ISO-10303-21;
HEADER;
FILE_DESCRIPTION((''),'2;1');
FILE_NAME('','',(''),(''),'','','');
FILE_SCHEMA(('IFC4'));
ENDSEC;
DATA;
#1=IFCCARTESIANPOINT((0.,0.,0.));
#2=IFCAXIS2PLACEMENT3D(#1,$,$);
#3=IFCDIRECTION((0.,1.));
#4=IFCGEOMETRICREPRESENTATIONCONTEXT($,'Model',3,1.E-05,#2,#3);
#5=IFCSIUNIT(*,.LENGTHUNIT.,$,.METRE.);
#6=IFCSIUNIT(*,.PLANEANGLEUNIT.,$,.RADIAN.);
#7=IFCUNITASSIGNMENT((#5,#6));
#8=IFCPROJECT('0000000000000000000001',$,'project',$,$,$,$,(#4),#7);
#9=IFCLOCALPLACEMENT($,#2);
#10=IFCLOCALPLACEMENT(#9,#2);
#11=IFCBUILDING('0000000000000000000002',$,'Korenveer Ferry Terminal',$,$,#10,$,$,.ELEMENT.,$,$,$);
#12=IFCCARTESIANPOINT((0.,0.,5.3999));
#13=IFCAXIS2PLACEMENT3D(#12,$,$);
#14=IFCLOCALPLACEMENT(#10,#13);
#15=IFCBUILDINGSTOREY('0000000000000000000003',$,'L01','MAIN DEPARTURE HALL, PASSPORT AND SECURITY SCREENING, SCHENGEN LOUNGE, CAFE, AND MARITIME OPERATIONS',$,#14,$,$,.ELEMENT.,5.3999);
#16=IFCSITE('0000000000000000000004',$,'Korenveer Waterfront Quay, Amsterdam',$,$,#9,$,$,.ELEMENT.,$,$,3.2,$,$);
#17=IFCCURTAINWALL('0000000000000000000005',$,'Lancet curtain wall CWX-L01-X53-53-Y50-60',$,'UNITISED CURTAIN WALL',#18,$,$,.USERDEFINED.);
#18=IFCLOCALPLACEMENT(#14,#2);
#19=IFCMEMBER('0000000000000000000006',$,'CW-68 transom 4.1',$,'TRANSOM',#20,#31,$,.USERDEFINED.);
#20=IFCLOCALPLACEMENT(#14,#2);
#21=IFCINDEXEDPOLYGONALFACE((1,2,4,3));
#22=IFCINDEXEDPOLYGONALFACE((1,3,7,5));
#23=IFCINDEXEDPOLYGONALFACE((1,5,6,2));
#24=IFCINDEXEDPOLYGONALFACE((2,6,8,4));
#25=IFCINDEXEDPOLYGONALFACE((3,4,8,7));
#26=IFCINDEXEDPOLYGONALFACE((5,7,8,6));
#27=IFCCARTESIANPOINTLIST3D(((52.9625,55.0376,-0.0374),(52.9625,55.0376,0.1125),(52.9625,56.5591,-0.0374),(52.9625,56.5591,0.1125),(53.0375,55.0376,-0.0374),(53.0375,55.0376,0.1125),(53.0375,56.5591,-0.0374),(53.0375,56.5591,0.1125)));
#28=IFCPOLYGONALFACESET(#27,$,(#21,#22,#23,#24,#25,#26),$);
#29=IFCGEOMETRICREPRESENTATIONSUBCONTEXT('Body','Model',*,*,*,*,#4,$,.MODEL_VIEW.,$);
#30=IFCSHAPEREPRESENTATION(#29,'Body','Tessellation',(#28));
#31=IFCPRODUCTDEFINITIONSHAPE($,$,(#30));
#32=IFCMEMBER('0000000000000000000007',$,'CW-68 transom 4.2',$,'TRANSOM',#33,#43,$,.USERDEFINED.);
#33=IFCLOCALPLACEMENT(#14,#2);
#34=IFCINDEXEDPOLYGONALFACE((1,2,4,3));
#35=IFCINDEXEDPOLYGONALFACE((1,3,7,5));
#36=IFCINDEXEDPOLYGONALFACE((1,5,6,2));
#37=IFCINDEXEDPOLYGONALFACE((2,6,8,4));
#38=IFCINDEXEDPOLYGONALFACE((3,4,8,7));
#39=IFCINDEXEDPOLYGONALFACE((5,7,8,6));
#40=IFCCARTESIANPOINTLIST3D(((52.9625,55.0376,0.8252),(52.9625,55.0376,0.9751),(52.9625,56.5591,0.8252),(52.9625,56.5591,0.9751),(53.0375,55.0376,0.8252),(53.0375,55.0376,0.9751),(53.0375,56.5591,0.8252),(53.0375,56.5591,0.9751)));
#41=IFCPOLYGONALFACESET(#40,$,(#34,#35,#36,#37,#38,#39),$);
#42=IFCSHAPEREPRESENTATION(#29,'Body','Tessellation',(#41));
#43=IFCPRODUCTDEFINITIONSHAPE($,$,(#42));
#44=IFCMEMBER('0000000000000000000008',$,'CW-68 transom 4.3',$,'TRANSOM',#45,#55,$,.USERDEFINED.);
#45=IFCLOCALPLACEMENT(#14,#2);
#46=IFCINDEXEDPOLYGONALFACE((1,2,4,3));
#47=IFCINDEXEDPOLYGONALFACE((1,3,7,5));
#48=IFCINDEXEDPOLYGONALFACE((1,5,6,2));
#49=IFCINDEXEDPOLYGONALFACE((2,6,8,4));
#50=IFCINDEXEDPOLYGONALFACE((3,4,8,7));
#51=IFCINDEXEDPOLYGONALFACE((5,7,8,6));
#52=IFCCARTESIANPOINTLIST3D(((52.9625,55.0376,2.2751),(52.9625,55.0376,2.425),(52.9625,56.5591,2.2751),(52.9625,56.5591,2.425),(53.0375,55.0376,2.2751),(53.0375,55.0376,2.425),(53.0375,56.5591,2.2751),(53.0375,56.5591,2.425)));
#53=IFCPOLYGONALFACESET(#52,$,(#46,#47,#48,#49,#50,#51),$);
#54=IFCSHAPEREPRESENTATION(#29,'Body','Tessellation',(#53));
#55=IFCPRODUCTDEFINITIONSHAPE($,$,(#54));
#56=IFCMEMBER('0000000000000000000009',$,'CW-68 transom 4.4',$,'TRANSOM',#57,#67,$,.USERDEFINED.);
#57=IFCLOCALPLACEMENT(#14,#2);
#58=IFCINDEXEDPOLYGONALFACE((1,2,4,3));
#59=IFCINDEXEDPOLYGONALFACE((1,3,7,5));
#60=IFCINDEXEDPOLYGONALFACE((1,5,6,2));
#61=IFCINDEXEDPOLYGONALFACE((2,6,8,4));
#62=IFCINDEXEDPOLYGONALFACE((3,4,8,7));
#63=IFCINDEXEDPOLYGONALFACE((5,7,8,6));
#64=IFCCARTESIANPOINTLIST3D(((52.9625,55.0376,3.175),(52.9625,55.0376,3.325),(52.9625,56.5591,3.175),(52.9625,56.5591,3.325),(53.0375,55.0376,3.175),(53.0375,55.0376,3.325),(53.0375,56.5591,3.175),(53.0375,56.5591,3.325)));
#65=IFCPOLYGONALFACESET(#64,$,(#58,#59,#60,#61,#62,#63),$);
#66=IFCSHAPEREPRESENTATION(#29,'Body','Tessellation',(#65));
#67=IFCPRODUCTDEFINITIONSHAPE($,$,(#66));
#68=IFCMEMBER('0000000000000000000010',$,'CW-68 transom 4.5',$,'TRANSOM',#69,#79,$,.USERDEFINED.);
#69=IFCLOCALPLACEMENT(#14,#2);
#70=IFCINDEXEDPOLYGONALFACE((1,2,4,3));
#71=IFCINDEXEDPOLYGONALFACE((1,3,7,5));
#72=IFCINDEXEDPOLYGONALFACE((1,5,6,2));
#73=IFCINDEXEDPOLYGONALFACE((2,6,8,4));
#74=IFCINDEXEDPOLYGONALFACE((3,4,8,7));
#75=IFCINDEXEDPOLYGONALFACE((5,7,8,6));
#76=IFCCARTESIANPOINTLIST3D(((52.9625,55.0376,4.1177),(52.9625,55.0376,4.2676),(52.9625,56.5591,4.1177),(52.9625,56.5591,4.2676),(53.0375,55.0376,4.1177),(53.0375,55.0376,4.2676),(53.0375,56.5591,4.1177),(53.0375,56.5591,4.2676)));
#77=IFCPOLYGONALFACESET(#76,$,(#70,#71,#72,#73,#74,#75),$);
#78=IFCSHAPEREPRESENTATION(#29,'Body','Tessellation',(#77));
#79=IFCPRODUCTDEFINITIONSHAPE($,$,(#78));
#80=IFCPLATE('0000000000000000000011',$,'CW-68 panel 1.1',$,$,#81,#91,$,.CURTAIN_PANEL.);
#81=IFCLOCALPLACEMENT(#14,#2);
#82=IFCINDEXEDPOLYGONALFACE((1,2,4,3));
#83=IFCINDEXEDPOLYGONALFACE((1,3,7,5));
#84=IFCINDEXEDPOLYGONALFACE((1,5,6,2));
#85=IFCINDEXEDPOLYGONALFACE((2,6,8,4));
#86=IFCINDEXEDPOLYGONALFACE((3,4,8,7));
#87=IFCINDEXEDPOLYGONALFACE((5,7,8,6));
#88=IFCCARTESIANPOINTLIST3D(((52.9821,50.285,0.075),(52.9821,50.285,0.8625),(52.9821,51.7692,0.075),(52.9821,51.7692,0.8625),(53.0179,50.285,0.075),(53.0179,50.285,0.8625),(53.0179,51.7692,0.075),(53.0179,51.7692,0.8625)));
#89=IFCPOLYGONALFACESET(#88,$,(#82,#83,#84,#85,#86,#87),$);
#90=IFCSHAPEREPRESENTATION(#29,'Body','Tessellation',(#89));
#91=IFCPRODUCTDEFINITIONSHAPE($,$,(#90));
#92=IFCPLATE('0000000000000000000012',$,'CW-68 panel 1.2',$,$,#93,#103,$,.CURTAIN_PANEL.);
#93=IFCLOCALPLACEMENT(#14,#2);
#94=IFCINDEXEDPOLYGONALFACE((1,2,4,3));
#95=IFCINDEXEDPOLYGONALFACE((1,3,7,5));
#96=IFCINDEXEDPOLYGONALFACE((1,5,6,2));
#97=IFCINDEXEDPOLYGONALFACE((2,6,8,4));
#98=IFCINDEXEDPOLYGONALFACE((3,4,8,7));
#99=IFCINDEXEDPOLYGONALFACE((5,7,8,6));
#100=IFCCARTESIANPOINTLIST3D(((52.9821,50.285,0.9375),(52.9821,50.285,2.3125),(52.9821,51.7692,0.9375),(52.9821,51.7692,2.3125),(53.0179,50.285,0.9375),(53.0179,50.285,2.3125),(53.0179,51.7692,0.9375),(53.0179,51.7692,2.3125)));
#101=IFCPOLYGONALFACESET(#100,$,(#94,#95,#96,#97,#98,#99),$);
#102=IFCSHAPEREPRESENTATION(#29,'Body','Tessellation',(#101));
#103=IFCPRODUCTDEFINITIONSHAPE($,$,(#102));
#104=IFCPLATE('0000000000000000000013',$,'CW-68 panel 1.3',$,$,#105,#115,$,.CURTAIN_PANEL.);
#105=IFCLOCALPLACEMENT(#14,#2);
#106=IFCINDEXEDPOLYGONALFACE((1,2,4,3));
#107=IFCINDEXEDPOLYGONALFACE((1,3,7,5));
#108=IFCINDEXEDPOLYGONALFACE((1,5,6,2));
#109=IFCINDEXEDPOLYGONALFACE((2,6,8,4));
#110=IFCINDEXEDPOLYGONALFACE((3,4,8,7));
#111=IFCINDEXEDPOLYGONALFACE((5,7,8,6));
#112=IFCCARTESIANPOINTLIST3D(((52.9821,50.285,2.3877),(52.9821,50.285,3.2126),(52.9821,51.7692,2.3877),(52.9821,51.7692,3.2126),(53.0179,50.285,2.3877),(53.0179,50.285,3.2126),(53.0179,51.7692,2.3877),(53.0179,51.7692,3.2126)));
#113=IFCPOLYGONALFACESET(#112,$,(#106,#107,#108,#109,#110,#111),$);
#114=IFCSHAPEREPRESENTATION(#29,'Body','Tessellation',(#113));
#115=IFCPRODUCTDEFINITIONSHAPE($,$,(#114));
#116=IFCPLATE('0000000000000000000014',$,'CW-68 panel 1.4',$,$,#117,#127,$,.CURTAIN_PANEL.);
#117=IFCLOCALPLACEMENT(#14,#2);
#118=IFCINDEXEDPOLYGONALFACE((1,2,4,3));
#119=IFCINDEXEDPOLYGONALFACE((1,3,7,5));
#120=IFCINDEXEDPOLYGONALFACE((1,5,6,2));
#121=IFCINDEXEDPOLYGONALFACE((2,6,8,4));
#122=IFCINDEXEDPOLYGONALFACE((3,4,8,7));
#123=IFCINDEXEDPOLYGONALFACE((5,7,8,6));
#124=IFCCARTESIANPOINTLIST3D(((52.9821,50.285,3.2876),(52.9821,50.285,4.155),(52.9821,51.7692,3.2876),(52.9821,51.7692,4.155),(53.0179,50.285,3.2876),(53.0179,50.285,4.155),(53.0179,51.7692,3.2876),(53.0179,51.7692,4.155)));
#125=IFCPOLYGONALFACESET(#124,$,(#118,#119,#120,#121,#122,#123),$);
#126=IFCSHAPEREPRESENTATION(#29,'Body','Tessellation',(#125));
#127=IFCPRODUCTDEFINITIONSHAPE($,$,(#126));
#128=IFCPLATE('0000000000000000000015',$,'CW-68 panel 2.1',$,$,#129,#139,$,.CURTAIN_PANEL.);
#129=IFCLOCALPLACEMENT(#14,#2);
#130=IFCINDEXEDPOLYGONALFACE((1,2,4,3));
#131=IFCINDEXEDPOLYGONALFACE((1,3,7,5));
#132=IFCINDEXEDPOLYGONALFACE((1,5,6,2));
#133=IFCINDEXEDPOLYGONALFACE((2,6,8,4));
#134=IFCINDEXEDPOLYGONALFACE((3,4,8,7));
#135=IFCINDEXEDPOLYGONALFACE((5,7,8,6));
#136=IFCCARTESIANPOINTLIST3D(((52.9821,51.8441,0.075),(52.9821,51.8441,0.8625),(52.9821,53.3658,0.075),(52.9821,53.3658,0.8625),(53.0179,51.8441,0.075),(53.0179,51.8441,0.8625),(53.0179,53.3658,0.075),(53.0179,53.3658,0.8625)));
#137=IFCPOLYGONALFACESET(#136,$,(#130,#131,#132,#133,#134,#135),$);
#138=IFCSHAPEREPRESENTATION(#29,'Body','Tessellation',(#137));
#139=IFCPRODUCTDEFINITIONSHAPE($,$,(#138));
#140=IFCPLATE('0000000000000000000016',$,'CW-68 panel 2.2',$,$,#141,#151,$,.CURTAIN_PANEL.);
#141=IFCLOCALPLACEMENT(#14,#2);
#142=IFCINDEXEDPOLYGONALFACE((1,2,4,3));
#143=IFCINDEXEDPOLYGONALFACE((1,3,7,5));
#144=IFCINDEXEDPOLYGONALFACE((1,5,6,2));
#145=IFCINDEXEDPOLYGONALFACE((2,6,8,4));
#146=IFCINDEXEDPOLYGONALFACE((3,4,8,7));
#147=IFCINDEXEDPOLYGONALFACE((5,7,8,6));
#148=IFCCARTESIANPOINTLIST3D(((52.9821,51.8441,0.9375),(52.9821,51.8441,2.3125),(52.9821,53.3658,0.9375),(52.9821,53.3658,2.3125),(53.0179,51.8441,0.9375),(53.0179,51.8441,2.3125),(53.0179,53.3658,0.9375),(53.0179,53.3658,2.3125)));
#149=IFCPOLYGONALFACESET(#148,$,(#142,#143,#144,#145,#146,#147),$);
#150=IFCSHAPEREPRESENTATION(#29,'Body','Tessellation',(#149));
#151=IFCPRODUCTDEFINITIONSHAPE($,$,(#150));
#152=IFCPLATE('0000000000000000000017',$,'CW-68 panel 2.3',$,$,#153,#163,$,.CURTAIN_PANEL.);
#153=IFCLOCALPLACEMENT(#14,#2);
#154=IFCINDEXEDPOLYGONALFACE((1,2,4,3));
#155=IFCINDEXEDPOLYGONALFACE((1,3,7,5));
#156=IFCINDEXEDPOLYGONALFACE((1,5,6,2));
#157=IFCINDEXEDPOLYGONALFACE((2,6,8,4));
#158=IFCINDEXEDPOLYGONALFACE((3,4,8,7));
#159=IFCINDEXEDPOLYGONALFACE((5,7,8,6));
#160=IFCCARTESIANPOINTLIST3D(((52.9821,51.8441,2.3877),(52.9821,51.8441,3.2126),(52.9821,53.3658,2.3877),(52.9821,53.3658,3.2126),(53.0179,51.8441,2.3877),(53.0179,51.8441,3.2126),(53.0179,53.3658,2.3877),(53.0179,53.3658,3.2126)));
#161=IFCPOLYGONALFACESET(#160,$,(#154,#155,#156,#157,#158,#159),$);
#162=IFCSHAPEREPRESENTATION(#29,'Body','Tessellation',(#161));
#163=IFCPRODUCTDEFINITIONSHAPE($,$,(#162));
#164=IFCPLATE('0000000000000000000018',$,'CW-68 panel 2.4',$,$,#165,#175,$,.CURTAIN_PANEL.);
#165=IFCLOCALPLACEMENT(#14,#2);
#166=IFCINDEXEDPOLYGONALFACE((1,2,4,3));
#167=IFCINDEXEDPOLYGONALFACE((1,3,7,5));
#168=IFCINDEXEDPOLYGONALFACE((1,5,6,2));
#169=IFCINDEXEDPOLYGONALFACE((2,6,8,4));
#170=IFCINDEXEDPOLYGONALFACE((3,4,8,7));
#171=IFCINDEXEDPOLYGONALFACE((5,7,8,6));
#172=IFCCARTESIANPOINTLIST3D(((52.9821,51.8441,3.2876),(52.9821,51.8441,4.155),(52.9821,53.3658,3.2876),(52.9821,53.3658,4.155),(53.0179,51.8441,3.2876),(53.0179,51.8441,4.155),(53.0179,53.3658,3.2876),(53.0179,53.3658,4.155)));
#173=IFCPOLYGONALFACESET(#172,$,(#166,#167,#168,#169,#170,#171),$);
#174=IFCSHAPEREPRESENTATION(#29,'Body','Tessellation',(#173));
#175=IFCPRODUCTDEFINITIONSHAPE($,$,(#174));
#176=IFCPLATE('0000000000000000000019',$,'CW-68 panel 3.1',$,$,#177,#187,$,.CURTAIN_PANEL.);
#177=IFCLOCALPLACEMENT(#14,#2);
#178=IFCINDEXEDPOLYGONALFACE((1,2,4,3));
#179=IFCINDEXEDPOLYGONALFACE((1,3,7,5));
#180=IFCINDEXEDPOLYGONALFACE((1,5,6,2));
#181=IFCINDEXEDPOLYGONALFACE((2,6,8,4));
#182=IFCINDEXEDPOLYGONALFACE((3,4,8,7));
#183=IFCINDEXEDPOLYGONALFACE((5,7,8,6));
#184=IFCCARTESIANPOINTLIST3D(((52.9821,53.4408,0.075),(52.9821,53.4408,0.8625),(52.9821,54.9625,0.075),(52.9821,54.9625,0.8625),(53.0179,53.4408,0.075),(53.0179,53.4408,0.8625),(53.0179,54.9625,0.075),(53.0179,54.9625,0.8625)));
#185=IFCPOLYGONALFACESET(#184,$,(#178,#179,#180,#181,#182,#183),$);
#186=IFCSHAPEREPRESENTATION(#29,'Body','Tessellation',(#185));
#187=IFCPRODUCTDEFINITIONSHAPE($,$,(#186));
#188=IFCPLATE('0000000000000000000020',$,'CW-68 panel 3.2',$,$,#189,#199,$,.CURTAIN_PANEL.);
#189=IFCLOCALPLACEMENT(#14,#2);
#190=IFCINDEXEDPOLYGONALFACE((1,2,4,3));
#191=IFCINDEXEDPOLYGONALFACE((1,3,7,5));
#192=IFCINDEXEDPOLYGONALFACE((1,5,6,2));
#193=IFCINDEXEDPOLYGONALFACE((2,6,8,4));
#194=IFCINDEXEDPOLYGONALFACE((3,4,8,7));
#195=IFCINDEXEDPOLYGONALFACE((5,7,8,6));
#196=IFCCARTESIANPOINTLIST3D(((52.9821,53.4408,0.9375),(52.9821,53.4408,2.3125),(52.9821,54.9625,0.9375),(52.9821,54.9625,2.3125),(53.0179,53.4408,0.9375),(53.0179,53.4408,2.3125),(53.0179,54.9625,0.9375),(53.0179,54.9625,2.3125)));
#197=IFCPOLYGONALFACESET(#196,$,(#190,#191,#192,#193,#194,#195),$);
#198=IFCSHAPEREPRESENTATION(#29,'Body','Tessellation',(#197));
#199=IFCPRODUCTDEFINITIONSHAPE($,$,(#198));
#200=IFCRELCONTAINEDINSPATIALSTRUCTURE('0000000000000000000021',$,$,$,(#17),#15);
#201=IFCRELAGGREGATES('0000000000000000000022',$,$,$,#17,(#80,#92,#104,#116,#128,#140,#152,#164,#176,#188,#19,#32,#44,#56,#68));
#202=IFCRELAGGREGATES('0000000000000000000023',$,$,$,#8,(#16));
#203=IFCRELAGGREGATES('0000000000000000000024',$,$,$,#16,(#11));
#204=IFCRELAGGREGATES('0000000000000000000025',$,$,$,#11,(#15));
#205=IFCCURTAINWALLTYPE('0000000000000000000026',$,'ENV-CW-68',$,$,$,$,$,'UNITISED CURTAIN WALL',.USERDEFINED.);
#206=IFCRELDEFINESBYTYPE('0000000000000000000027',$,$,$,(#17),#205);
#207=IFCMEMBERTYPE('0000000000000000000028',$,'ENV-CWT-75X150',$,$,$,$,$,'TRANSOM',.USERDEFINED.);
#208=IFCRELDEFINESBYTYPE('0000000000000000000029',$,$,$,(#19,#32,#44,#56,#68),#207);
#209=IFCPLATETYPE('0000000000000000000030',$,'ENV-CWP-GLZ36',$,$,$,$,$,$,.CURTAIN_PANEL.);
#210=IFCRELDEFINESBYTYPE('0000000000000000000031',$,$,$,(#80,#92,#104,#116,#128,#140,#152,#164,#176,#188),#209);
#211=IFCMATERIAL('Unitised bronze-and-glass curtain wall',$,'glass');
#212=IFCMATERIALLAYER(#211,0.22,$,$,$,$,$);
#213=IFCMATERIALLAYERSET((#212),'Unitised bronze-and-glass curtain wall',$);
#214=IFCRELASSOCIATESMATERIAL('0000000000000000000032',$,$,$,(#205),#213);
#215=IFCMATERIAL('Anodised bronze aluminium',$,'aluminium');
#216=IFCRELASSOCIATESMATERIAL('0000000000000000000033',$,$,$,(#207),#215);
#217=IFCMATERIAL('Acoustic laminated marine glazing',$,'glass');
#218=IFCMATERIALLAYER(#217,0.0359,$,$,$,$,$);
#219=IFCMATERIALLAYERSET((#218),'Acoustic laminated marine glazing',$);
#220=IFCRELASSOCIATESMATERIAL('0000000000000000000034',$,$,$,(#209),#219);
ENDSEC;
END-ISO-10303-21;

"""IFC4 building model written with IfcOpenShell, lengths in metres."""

from ifc_helpers import new_model, si_unit, direction, frame, origin, origin_2d, place, context, subcontext, project, spatial, rectangle, extrude, material, layer, layer_set, material_profile, profile_set, type_object, element, aggregate, save


model = new_model("IFC4")

# Units and contexts
model_context = context("Model", 3, precision=1e-05, world=origin(), true_north=direction((0.0, 1.0)))
body_context = subcontext(model_context, "Body", "Model", "MODEL_VIEW")
ifc_project = project(units=[si_unit("LENGTHUNIT", "METRE"), si_unit("PLANEANGLEUNIT", "RADIAN")], contexts=[model_context])

# Site, building, storey
site_placement = place(None, origin())
site = spatial("IfcSite", under=ifc_project, at=site_placement, Name="Korenveer Waterfront Quay, Amsterdam", CompositionType="ELEMENT", RefElevation=3.2)
building_placement = place(site_placement, origin())
building = spatial("IfcBuilding", under=site, at=building_placement, Name="Korenveer Ferry Terminal", CompositionType="ELEMENT")
storey_placement = place(building_placement, frame((0.0, 0.0, 5.3999)))
storey = spatial("IfcBuildingStorey", under=building, at=storey_placement, Name="L01", Description="MAIN DEPARTURE HALL, PASSPORT AND SECURITY SCREENING, SCHENGEN LOUNGE, CAFE, AND MARITIME OPERATIONS", CompositionType="ELEMENT", Elevation=5.3999)

# Curtain wall, members, plates
ifc_material_1 = material(Name="Unitised bronze-and-glass curtain wall", Category="glass")
ifc_layer_1 = layer(ifc_material_1, 0.22)
ifc_layer_set_1 = layer_set([ifc_layer_1], Name="Unitised bronze-and-glass curtain wall")
curtain_wall_type = type_object("IfcCurtainWallType", Name="ENV-CW-68", ElementType="UNITISED CURTAIN WALL", PredefinedType="USERDEFINED", material=ifc_layer_set_1)
curtain_wall_placement = place(storey_placement, frame((53.0, 50.21, 0.0)))
curtain_wall = element("IfcCurtainWall", 1, at=curtain_wall_placement, inside=storey, type_object=curtain_wall_type, Name="Lancet curtain wall CWX-L01-X53-53-Y50-60", ObjectType="UNITISED CURTAIN WALL", PredefinedType="USERDEFINED")
ifc_material_2 = material(Name="Anodised bronze aluminium", Category="aluminium")
ifc_material_profile_1 = material_profile(ifc_material_2, rectangle(XDim=0.075, YDim=0.1499, at=origin_2d()), Name="ALU 75x150")
ifc_profile_set_1 = profile_set([ifc_material_profile_1], Name="Anodised bronze aluminium")
member_type_1 = type_object("IfcMemberType", Name="ENV-CWT-75X150", ElementType="TRANSOM", PredefinedType="USERDEFINED", material=ifc_profile_set_1)
member_1_placement = place(storey_placement, frame((53.0, 55.0376, 0.0376), z_axis=(0.0, 1.0, 0.0), x_axis=(-1.0, 0.0, 0.0)))
member_1 = element("IfcMember", 2, at=member_1_placement, type_object=member_type_1, Name="CW-68 transom 4.1", ObjectType="TRANSOM", PredefinedType="USERDEFINED", context=body_context, shape_type="SweptSolid", body=[
    extrude(rectangle(XDim=0.075, YDim=0.1499, at=origin_2d()), origin(), (0.0, 0.0, 1.0), 1.5215),
])
member_2_placement = place(storey_placement, frame((53.0, 55.0376, 0.9001), z_axis=(0.0, 1.0, 0.0), x_axis=(-1.0, 0.0, 0.0)))
member_2 = element("IfcMember", 3, at=member_2_placement, type_object=member_type_1, Name="CW-68 transom 4.2", ObjectType="TRANSOM", PredefinedType="USERDEFINED", context=body_context, shape_type="SweptSolid", body=[
    extrude(rectangle(XDim=0.075, YDim=0.1499, at=origin_2d()), origin(), (0.0, 0.0, 1.0), 1.5215),
])
member_3_placement = place(storey_placement, frame((53.0, 55.0376, 2.3501), z_axis=(0.0, 1.0, 0.0), x_axis=(-1.0, 0.0, 0.0)))
member_3 = element("IfcMember", 4, at=member_3_placement, type_object=member_type_1, Name="CW-68 transom 4.3", ObjectType="TRANSOM", PredefinedType="USERDEFINED", context=body_context, shape_type="SweptSolid", body=[
    extrude(rectangle(XDim=0.075, YDim=0.1499, at=origin_2d()), origin(), (0.0, 0.0, 1.0), 1.5215),
])
member_4_placement = place(storey_placement, frame((53.0, 55.0376, 3.25), z_axis=(0.0, 1.0, 0.0), x_axis=(-1.0, 0.0, 0.0)))
member_4 = element("IfcMember", 5, at=member_4_placement, type_object=member_type_1, Name="CW-68 transom 4.4", ObjectType="TRANSOM", PredefinedType="USERDEFINED", context=body_context, shape_type="SweptSolid", body=[
    extrude(rectangle(XDim=0.075, YDim=0.1499, at=origin_2d()), origin(), (0.0, 0.0, 1.0), 1.5215),
])
member_5_placement = place(storey_placement, frame((53.0, 55.0376, 4.1926), z_axis=(0.0, 1.0, 0.0), x_axis=(-1.0, 0.0, 0.0)))
member_5 = element("IfcMember", 6, at=member_5_placement, type_object=member_type_1, Name="CW-68 transom 4.5", ObjectType="TRANSOM", PredefinedType="USERDEFINED", context=body_context, shape_type="SweptSolid", body=[
    extrude(rectangle(XDim=0.075, YDim=0.1499, at=origin_2d()), origin(), (0.0, 0.0, 1.0), 1.5215),
])
ifc_material_3 = material(Name="Acoustic laminated marine glazing", Category="glass")
ifc_layer_2 = layer(ifc_material_3, 0.0359)
ifc_layer_set_2 = layer_set([ifc_layer_2], Name="Acoustic laminated marine glazing")
plate_type = type_object("IfcPlateType", Name="ENV-CWP-GLZ36", PredefinedType="CURTAIN_PANEL", material=ifc_layer_set_2)
plate_1_placement = place(storey_placement, frame((53.0, 51.0271, 0.075), z_axis=(0.0, 0.0, 1.0), x_axis=(0.0, 1.0, 0.0)))
plate_1 = element("IfcPlate", 7, at=plate_1_placement, type_object=plate_type, Name="CW-68 panel 1.1", PredefinedType="CURTAIN_PANEL", context=body_context, shape_type="SweptSolid", body=[
    extrude(rectangle(XDim=1.4841, YDim=0.0359, at=origin_2d()), origin(), (0.0, 0.0, 1.0), 0.7876),
])
plate_2_placement = place(storey_placement, frame((53.0, 51.0271, 0.9375), z_axis=(0.0, 0.0, 1.0), x_axis=(0.0, 1.0, 0.0)))
plate_2 = element("IfcPlate", 8, at=plate_2_placement, type_object=plate_type, Name="CW-68 panel 1.2", PredefinedType="CURTAIN_PANEL", context=body_context, shape_type="SweptSolid", body=[
    extrude(rectangle(XDim=1.4841, YDim=0.0359, at=origin_2d()), origin(), (0.0, 0.0, 1.0), 1.375),
])
plate_3_placement = place(storey_placement, frame((53.0, 51.0271, 2.3877), z_axis=(0.0, 0.0, 1.0), x_axis=(0.0, 1.0, 0.0)))
plate_3 = element("IfcPlate", 9, at=plate_3_placement, type_object=plate_type, Name="CW-68 panel 1.3", PredefinedType="CURTAIN_PANEL", context=body_context, shape_type="SweptSolid", body=[
    extrude(rectangle(XDim=1.4841, YDim=0.0359, at=origin_2d()), origin(), (0.0, 0.0, 1.0), 0.825),
])
plate_4_placement = place(storey_placement, frame((53.0, 51.0271, 3.2876), z_axis=(0.0, 0.0, 1.0), x_axis=(0.0, 1.0, 0.0)))
plate_4 = element("IfcPlate", 10, at=plate_4_placement, type_object=plate_type, Name="CW-68 panel 1.4", PredefinedType="CURTAIN_PANEL", context=body_context, shape_type="SweptSolid", body=[
    extrude(rectangle(XDim=1.4841, YDim=0.0359, at=origin_2d()), origin(), (0.0, 0.0, 1.0), 0.8674),
])
plate_5_placement = place(storey_placement, frame((53.0, 52.605, 0.075), z_axis=(0.0, 0.0, 1.0), x_axis=(0.0, 1.0, 0.0)))
plate_5 = element("IfcPlate", 11, at=plate_5_placement, type_object=plate_type, Name="CW-68 panel 2.1", PredefinedType="CURTAIN_PANEL", context=body_context, shape_type="SweptSolid", body=[
    extrude(rectangle(XDim=1.5217, YDim=0.0359, at=origin_2d()), origin(), (0.0, 0.0, 1.0), 0.7876),
])
plate_6_placement = place(storey_placement, frame((53.0, 52.605, 0.9375), z_axis=(0.0, 0.0, 1.0), x_axis=(0.0, 1.0, 0.0)))
plate_6 = element("IfcPlate", 12, at=plate_6_placement, type_object=plate_type, Name="CW-68 panel 2.2", PredefinedType="CURTAIN_PANEL", context=body_context, shape_type="SweptSolid", body=[
    extrude(rectangle(XDim=1.5217, YDim=0.0359, at=origin_2d()), origin(), (0.0, 0.0, 1.0), 1.375),
])
plate_7_placement = place(storey_placement, frame((53.0, 52.605, 2.3877), z_axis=(0.0, 0.0, 1.0), x_axis=(0.0, 1.0, 0.0)))
plate_7 = element("IfcPlate", 13, at=plate_7_placement, type_object=plate_type, Name="CW-68 panel 2.3", PredefinedType="CURTAIN_PANEL", context=body_context, shape_type="SweptSolid", body=[
    extrude(rectangle(XDim=1.5217, YDim=0.0359, at=origin_2d()), origin(), (0.0, 0.0, 1.0), 0.825),
])
plate_8_placement = place(storey_placement, frame((53.0, 52.605, 3.2876), z_axis=(0.0, 0.0, 1.0), x_axis=(0.0, 1.0, 0.0)))
plate_8 = element("IfcPlate", 14, at=plate_8_placement, type_object=plate_type, Name="CW-68 panel 2.4", PredefinedType="CURTAIN_PANEL", context=body_context, shape_type="SweptSolid", body=[
    extrude(rectangle(XDim=1.5217, YDim=0.0359, at=origin_2d()), origin(), (0.0, 0.0, 1.0), 0.8674),
])
plate_9_placement = place(storey_placement, frame((53.0, 54.2017, 0.075), z_axis=(0.0, 0.0, 1.0), x_axis=(0.0, 1.0, 0.0)))
plate_9 = element("IfcPlate", 15, at=plate_9_placement, type_object=plate_type, Name="CW-68 panel 3.1", PredefinedType="CURTAIN_PANEL", context=body_context, shape_type="SweptSolid", body=[
    extrude(rectangle(XDim=1.5217, YDim=0.0359, at=origin_2d()), origin(), (0.0, 0.0, 1.0), 0.7876),
])
plate_10_placement = place(storey_placement, frame((53.0, 54.2017, 0.9375), z_axis=(0.0, 0.0, 1.0), x_axis=(0.0, 1.0, 0.0)))
plate_10 = element("IfcPlate", 16, at=plate_10_placement, type_object=plate_type, Name="CW-68 panel 3.2", PredefinedType="CURTAIN_PANEL", context=body_context, shape_type="SweptSolid", body=[
    extrude(rectangle(XDim=1.5217, YDim=0.0359, at=origin_2d()), origin(), (0.0, 0.0, 1.0), 1.375),
])
aggregate(curtain_wall, [plate_1, plate_2, plate_3, plate_4, plate_5, plate_6, plate_7, plate_8, plate_9, plate_10, member_1, member_2, member_3, member_4, member_5])

save(model, "model.ifc")
